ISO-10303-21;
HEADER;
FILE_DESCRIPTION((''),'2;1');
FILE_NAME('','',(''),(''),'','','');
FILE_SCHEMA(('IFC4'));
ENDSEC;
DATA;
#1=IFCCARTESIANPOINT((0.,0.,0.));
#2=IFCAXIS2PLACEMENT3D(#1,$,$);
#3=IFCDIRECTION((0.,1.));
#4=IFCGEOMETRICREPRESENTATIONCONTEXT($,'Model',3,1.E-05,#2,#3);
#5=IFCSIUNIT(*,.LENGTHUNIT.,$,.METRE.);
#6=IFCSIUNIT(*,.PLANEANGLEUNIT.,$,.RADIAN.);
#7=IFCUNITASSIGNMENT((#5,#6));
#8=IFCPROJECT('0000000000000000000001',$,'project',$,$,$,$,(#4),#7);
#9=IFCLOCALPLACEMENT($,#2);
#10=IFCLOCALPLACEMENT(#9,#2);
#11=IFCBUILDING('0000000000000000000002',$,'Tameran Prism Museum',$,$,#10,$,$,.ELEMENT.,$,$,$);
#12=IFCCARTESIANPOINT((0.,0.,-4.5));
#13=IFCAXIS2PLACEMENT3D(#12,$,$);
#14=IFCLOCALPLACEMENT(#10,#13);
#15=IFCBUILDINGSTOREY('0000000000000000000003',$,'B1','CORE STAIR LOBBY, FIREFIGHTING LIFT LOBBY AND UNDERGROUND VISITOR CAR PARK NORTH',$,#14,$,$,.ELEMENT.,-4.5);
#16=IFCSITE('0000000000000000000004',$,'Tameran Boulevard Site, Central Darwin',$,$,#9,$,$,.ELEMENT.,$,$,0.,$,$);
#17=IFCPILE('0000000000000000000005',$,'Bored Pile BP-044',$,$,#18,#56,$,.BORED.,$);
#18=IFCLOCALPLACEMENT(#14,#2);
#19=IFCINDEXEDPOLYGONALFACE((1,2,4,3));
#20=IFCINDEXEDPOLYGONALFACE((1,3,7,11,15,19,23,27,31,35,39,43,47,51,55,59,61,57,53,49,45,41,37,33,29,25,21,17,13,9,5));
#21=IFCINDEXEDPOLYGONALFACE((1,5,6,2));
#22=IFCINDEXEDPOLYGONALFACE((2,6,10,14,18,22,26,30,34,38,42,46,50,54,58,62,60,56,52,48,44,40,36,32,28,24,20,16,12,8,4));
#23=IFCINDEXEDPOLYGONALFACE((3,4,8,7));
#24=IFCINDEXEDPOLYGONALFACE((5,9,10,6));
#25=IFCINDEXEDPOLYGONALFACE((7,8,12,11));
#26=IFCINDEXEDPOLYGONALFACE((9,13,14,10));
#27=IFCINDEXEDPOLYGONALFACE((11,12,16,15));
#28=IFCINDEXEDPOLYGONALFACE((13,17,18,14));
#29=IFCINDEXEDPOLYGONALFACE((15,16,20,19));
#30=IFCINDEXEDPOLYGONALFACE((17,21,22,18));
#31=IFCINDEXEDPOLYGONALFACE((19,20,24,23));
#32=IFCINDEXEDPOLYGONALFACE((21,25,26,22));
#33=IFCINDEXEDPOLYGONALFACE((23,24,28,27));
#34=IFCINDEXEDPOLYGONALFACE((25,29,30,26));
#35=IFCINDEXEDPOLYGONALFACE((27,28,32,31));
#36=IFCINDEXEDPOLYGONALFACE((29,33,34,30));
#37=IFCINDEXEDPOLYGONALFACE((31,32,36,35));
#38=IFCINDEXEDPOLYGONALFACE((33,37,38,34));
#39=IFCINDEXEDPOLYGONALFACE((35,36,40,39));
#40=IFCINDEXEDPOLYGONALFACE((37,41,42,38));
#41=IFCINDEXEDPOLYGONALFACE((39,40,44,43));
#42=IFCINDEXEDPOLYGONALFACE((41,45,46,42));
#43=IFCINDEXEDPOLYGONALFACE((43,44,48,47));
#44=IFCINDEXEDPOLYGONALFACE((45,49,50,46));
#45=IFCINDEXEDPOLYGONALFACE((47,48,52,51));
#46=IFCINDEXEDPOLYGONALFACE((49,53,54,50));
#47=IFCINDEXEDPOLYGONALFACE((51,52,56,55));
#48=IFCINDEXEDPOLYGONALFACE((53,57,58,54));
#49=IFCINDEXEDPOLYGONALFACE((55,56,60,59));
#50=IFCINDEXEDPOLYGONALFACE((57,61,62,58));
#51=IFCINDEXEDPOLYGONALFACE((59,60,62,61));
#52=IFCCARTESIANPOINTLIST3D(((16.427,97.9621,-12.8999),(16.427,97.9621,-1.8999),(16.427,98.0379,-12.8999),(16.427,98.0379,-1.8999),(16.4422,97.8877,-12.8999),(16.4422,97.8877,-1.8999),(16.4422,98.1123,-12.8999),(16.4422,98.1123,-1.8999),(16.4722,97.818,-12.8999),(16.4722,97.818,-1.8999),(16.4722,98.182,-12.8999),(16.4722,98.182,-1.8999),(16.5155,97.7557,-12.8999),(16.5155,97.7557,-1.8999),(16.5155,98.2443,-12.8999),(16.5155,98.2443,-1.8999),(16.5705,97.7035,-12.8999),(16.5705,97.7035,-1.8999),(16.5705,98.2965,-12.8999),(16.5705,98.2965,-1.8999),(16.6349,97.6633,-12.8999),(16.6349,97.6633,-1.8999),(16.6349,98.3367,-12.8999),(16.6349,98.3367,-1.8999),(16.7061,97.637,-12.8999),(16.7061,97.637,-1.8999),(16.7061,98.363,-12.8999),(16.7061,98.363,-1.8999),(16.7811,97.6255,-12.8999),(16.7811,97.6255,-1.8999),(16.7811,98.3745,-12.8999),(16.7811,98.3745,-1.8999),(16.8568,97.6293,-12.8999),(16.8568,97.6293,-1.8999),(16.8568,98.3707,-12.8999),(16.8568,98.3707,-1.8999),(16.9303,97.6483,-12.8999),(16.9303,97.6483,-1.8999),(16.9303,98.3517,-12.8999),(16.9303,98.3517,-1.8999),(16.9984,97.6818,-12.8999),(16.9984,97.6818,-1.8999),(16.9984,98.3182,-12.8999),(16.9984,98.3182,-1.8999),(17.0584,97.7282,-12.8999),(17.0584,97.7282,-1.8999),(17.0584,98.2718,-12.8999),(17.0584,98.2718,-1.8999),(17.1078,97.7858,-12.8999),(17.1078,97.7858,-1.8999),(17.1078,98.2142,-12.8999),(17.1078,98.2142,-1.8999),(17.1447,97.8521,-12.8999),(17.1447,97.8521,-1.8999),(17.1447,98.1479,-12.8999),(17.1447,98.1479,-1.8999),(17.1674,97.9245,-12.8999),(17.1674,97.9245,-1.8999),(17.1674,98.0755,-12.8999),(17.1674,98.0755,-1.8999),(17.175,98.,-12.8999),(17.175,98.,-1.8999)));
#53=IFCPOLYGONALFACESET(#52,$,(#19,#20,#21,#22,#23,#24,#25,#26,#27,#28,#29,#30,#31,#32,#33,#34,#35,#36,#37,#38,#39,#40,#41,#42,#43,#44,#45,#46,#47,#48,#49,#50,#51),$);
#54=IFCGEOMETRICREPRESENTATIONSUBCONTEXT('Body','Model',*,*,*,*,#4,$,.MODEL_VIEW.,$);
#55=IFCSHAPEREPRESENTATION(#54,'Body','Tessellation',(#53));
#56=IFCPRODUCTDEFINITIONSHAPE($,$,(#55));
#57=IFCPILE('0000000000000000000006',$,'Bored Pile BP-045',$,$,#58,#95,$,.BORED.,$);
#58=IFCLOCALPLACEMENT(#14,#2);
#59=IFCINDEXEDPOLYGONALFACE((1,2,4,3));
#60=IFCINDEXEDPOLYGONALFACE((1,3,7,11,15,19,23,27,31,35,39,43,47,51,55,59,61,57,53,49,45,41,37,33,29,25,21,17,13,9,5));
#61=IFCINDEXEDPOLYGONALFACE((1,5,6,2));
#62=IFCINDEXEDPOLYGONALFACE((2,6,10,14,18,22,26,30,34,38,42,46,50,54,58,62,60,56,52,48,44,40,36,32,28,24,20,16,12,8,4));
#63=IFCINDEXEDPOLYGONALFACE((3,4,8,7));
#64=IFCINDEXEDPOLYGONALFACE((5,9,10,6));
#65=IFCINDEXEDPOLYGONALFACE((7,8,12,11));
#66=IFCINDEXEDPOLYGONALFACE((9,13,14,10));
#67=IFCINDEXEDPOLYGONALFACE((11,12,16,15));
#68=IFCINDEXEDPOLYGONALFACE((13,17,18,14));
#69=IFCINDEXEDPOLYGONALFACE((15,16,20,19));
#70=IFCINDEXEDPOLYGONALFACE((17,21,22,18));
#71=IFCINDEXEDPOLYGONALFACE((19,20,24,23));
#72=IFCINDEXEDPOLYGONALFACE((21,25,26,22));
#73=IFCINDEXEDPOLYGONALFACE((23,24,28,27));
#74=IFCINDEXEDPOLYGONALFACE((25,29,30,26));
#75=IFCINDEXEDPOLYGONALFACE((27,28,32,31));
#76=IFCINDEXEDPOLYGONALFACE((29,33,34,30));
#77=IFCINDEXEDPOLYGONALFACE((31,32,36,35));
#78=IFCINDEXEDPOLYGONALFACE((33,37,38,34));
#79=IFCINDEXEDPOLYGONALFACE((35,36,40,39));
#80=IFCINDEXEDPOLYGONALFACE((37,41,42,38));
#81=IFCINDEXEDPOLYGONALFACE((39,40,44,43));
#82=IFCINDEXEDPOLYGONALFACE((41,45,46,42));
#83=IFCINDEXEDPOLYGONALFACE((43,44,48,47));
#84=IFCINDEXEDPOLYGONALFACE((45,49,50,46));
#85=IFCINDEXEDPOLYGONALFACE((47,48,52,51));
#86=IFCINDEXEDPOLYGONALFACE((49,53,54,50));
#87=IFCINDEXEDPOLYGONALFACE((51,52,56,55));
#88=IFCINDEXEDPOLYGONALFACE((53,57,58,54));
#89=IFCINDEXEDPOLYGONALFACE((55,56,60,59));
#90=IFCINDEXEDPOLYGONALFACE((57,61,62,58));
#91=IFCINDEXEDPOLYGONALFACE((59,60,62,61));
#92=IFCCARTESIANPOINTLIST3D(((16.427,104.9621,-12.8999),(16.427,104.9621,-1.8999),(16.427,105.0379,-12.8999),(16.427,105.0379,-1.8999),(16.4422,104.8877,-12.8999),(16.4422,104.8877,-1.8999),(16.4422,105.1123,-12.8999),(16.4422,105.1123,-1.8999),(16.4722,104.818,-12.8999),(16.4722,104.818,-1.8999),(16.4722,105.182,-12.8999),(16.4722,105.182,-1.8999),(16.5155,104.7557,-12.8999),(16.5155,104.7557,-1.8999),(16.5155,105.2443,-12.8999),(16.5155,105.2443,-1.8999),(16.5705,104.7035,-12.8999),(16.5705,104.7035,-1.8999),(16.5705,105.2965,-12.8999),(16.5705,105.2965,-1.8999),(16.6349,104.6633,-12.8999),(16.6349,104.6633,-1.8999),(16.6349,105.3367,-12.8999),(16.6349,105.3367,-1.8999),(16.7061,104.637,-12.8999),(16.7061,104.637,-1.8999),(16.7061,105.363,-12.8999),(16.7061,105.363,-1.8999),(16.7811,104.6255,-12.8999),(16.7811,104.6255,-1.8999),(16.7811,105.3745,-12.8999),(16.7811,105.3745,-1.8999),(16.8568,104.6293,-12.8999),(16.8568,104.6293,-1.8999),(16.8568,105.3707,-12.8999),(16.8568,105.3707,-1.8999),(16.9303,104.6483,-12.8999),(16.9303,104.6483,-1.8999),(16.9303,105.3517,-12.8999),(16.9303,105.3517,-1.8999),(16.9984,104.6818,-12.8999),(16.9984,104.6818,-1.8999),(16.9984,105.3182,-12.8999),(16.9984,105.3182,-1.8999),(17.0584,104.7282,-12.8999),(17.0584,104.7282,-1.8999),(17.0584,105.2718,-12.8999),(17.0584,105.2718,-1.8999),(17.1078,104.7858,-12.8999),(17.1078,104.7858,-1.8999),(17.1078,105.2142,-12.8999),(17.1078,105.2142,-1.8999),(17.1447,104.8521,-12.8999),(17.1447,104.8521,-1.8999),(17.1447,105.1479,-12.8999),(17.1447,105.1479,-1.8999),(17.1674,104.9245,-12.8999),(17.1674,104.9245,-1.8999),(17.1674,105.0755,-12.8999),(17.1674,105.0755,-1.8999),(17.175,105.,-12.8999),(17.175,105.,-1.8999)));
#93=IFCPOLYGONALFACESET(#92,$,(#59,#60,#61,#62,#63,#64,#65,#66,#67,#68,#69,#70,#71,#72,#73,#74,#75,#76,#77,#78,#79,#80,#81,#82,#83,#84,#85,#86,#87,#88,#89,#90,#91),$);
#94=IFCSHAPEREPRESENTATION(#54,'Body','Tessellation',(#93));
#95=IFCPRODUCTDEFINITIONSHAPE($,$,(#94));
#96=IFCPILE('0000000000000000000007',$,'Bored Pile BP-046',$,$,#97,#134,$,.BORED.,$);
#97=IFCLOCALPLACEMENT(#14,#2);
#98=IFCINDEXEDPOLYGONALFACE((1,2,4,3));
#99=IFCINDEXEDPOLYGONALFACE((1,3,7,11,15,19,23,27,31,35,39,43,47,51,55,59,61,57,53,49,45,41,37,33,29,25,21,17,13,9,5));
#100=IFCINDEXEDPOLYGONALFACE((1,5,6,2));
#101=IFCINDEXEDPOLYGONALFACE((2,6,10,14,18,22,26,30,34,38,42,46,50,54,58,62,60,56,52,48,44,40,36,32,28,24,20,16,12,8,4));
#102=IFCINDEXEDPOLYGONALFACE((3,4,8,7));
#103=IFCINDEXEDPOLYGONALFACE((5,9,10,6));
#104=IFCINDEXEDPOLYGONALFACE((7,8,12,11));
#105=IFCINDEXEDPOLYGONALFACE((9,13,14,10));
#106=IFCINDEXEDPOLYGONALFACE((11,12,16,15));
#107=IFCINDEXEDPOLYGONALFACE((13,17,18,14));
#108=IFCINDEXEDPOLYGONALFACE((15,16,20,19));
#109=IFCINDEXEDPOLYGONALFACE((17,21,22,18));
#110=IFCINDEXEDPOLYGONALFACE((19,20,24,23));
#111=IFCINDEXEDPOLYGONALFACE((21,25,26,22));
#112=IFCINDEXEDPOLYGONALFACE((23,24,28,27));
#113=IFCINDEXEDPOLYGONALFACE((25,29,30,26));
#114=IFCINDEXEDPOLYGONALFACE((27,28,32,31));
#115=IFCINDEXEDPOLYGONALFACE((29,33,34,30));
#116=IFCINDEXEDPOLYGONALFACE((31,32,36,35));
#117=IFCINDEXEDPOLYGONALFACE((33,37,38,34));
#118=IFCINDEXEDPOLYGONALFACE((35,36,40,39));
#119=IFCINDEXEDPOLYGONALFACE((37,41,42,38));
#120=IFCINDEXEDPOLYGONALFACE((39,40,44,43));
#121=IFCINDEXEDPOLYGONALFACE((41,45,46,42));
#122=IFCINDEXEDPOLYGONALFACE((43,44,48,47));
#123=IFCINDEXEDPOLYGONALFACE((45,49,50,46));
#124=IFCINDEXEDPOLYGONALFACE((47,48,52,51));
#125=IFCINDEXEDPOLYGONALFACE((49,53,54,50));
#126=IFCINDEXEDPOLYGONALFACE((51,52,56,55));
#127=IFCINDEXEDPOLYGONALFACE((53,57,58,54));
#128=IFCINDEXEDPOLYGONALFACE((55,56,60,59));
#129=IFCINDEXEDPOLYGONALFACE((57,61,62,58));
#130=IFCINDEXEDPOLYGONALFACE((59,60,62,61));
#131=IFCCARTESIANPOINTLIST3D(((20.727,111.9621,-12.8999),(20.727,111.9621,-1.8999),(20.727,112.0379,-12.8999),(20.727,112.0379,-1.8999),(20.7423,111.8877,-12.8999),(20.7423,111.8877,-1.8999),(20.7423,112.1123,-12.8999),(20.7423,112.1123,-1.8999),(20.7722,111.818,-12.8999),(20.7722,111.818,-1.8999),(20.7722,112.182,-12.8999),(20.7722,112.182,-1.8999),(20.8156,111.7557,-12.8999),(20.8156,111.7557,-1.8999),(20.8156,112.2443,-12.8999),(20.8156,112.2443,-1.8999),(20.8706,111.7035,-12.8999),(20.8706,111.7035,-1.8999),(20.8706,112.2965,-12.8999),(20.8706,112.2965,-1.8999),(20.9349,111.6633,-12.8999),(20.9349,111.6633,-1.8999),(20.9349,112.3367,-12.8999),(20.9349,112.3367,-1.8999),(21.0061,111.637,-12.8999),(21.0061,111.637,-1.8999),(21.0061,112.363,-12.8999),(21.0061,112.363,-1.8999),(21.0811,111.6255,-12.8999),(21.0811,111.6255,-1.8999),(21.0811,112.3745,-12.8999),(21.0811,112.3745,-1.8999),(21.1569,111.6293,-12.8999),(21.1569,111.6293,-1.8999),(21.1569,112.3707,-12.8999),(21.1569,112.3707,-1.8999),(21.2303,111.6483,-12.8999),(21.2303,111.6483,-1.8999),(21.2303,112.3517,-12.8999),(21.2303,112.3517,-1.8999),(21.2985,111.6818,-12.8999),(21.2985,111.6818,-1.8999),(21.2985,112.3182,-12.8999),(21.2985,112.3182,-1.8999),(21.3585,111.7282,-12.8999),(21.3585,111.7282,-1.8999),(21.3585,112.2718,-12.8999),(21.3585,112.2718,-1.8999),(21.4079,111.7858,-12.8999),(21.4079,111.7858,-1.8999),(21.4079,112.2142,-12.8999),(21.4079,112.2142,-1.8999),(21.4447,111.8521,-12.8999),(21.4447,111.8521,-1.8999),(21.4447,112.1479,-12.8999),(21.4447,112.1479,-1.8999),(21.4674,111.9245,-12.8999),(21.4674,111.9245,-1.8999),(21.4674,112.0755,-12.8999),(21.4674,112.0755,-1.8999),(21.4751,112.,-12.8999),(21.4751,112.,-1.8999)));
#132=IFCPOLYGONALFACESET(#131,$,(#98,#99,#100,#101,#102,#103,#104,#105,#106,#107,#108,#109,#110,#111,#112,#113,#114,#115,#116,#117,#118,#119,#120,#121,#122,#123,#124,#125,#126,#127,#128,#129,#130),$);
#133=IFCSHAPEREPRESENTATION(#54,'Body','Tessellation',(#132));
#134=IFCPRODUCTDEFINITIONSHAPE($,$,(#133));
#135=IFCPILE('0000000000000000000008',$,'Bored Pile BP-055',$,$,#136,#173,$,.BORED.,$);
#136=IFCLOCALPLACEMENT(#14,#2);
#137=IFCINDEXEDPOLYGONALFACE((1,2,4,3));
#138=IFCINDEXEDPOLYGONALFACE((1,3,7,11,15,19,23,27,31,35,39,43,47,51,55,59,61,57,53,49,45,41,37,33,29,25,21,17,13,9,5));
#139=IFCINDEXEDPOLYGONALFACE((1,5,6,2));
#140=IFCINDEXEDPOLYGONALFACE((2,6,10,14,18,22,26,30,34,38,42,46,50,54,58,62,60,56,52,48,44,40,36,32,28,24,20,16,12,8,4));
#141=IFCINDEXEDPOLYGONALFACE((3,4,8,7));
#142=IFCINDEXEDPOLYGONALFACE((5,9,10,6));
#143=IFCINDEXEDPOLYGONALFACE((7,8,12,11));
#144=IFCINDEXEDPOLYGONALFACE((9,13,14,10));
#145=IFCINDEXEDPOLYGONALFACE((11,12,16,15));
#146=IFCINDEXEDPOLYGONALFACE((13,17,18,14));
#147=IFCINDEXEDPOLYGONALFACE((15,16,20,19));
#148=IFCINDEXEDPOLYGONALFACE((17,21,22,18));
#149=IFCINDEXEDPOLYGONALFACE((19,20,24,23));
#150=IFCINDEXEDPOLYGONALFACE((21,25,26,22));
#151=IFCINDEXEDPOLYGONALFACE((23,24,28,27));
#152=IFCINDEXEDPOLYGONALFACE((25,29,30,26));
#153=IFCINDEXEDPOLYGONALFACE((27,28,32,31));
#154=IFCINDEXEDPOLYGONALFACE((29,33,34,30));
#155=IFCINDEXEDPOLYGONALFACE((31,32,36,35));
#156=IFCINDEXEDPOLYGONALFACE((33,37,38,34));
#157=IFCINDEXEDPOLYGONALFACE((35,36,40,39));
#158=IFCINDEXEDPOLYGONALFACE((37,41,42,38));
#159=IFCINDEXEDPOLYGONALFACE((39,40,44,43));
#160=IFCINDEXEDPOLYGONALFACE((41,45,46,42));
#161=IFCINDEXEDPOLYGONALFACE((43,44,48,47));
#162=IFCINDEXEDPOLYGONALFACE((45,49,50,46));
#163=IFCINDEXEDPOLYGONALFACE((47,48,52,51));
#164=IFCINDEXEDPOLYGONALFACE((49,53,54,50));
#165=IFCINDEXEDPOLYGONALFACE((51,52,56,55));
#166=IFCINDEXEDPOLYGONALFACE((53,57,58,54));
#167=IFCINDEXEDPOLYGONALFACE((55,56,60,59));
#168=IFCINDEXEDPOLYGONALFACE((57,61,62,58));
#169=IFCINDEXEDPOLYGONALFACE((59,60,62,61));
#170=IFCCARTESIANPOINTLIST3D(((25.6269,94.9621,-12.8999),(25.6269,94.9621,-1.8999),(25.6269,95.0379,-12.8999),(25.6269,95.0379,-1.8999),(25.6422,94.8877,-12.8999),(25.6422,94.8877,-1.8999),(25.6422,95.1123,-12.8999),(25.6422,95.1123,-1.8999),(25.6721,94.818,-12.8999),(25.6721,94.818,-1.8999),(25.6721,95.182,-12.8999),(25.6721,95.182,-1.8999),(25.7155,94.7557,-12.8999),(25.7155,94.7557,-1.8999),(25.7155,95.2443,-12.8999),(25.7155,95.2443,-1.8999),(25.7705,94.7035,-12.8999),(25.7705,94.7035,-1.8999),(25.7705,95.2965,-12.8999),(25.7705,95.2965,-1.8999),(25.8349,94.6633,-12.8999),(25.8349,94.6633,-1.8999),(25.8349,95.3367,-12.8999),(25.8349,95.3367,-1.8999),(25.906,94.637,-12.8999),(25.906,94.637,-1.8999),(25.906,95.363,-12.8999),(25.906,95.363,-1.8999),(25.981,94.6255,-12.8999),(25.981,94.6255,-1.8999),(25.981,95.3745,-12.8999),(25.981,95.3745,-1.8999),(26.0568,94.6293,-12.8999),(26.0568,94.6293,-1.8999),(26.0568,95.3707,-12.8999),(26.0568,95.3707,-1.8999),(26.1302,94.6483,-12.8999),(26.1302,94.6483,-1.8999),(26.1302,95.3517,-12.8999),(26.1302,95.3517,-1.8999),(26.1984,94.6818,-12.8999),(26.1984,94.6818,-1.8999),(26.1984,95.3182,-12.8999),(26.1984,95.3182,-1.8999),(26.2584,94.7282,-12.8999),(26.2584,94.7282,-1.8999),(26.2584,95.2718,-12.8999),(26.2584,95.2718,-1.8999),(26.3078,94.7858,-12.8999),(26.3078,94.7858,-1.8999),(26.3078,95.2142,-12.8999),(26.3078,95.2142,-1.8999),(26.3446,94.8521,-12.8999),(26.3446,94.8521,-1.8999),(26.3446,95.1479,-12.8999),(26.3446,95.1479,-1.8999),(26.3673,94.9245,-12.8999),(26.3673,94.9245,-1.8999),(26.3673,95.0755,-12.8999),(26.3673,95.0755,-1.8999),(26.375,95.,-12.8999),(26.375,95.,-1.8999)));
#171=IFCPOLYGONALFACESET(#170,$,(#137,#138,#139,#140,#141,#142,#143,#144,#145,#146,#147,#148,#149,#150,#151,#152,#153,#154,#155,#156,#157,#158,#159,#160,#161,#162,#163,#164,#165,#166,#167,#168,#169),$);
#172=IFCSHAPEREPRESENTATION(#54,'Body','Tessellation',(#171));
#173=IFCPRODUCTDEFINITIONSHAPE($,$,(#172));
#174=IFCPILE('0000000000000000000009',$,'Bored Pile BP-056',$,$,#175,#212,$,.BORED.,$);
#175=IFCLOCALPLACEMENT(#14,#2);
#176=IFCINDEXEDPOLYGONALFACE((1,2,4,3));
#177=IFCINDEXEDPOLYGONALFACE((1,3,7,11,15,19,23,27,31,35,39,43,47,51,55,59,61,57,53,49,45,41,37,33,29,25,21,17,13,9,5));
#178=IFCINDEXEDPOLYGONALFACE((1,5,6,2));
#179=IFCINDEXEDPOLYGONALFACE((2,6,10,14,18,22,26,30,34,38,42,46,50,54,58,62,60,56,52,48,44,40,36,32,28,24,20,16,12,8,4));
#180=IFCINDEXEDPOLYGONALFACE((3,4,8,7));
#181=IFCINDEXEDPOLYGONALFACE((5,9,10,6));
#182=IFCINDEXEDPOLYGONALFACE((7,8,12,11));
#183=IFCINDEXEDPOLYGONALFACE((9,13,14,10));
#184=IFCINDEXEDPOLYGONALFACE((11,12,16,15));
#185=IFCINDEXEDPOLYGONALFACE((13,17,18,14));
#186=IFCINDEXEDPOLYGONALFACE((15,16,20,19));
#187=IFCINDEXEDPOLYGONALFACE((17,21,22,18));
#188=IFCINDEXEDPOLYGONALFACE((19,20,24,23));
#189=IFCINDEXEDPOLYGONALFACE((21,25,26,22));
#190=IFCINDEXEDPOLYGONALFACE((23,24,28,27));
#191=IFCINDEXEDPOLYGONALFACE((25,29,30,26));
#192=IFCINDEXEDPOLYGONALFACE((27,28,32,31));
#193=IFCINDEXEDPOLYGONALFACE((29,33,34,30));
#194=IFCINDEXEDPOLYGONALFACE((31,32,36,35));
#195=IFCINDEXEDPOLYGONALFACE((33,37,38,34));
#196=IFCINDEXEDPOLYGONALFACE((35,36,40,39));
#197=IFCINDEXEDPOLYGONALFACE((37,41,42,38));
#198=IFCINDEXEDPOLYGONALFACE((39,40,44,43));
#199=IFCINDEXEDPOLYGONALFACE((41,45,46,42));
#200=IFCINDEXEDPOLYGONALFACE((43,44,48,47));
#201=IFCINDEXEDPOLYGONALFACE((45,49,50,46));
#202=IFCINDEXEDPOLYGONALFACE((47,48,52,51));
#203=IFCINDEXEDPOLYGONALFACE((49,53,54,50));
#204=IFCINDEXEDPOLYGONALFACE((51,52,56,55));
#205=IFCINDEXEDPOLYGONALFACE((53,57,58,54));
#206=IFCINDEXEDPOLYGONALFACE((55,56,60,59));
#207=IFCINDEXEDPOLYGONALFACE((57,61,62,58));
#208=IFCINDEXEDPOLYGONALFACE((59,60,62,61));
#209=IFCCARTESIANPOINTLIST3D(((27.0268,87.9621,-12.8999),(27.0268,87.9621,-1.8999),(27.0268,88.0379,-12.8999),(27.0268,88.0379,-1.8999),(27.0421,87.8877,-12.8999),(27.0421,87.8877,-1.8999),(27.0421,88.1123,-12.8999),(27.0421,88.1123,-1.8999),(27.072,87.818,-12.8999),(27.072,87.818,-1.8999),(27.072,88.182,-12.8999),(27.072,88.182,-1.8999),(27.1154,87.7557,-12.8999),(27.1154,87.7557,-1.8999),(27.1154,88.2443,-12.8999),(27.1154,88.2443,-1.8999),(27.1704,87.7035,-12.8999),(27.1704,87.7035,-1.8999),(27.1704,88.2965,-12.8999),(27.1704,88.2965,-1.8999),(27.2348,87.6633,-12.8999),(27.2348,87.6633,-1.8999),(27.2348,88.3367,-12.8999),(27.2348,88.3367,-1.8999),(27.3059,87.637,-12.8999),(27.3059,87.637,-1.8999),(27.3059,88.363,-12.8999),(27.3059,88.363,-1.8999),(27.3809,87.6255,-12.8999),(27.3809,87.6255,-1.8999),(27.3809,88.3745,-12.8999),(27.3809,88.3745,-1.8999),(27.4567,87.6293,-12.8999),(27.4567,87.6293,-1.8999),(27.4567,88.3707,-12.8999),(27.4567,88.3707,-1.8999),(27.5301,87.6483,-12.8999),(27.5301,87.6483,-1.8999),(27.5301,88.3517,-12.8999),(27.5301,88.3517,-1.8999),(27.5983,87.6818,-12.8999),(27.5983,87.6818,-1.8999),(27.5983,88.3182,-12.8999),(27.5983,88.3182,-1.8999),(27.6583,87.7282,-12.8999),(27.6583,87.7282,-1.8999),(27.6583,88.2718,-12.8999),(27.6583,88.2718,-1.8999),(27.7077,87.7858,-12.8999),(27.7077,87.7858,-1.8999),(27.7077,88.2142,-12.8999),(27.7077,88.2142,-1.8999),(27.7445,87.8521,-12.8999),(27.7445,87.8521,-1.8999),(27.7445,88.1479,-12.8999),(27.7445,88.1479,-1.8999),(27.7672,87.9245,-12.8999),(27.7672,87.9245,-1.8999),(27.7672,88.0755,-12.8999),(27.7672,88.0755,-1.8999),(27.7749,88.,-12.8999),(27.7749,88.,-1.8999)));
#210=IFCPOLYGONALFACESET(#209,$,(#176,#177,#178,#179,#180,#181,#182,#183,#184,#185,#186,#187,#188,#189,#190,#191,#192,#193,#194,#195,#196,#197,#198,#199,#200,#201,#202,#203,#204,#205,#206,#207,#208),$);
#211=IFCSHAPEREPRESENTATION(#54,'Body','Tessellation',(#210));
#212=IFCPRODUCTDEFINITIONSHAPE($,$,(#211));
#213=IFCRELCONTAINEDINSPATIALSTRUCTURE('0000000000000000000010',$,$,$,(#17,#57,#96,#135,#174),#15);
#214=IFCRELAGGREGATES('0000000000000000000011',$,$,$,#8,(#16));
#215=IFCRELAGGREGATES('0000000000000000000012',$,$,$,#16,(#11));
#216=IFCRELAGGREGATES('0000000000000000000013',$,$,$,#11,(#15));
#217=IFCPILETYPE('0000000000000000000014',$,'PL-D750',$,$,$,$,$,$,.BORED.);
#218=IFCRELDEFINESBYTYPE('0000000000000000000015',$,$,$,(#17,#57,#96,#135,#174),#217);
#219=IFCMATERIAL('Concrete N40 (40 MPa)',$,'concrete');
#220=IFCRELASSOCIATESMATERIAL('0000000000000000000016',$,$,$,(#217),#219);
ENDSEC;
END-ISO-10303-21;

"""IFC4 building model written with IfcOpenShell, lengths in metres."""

from ifc_helpers import new_model, si_unit, direction, frame, origin, origin_2d, place, context, subcontext, project, spatial, circle, extrude, material, material_profile, profile_set, type_object, element, save


model = new_model("IFC4")

# Units and contexts
model_context = context("Model", 3, precision=1e-05, world=origin(), true_north=direction((0.0, 1.0)))
body_context = subcontext(model_context, "Body", "Model", "MODEL_VIEW")
ifc_project = project(units=[si_unit("LENGTHUNIT", "METRE"), si_unit("PLANEANGLEUNIT", "RADIAN")], contexts=[model_context])

# Site, building, storey
site_placement = place(None, origin())
site = spatial("IfcSite", under=ifc_project, at=site_placement, Name="Tameran Boulevard Site, Central Darwin", CompositionType="ELEMENT", RefElevation=0.0)
building_placement = place(site_placement, origin())
building = spatial("IfcBuilding", under=site, at=building_placement, Name="Tameran Prism Museum", CompositionType="ELEMENT")
storey_placement = place(building_placement, frame((0.0, 0.0, -4.5)))
storey = spatial("IfcBuildingStorey", under=building, at=storey_placement, Name="B1", Description="CORE STAIR LOBBY, FIREFIGHTING LIFT LOBBY AND UNDERGROUND VISITOR CAR PARK NORTH", CompositionType="ELEMENT", Elevation=-4.5)

# Piles
ifc_material_1 = material(Name="Concrete N40 (40 MPa)", Category="concrete")
ifc_material_profile_1 = material_profile(ifc_material_1, circle(Radius=0.375, at=origin_2d()))
ifc_profile_set_1 = profile_set([ifc_material_profile_1])
pile_type_1 = type_object("IfcPileType", Name="PL-D750", PredefinedType="BORED", material=ifc_profile_set_1)
for number, where, z_axis, x_axis, name in (
    (1, (16.8, 98.0, -1.8999), (0.0, 0.0, -1.0), (1.0, 0.0, 0.0), "Bored Pile BP-044"),
    (2, (16.8, 105.0, -1.8999), (0.0, 0.0, -1.0), (1.0, 0.0, 0.0), "Bored Pile BP-045"),
    (3, (21.1001, 112.0, -1.8999), (0.0, 0.0, -1.0), (1.0, 0.0, 0.0), "Bored Pile BP-046"),
    (4, (26.0, 95.0, -1.8999), (0.0, 0.0, -1.0), (1.0, 0.0, 0.0), "Bored Pile BP-055"),
    (5, (27.3999, 88.0, -1.8999), (0.0, 0.0, -1.0), (1.0, 0.0, 0.0), "Bored Pile BP-056"),
):
    element("IfcPile", number, at=place(storey_placement, frame(where, z_axis=z_axis, x_axis=x_axis)), inside=storey, type_object=pile_type_1, Name=name, PredefinedType="BORED", context=body_context, shape_type="SweptSolid", body=[
        extrude(circle(Radius=0.375, at=origin_2d()), origin(), (0.0, 0.0, 1.0), 11.0),
    ])

save(model, "model.ifc")
